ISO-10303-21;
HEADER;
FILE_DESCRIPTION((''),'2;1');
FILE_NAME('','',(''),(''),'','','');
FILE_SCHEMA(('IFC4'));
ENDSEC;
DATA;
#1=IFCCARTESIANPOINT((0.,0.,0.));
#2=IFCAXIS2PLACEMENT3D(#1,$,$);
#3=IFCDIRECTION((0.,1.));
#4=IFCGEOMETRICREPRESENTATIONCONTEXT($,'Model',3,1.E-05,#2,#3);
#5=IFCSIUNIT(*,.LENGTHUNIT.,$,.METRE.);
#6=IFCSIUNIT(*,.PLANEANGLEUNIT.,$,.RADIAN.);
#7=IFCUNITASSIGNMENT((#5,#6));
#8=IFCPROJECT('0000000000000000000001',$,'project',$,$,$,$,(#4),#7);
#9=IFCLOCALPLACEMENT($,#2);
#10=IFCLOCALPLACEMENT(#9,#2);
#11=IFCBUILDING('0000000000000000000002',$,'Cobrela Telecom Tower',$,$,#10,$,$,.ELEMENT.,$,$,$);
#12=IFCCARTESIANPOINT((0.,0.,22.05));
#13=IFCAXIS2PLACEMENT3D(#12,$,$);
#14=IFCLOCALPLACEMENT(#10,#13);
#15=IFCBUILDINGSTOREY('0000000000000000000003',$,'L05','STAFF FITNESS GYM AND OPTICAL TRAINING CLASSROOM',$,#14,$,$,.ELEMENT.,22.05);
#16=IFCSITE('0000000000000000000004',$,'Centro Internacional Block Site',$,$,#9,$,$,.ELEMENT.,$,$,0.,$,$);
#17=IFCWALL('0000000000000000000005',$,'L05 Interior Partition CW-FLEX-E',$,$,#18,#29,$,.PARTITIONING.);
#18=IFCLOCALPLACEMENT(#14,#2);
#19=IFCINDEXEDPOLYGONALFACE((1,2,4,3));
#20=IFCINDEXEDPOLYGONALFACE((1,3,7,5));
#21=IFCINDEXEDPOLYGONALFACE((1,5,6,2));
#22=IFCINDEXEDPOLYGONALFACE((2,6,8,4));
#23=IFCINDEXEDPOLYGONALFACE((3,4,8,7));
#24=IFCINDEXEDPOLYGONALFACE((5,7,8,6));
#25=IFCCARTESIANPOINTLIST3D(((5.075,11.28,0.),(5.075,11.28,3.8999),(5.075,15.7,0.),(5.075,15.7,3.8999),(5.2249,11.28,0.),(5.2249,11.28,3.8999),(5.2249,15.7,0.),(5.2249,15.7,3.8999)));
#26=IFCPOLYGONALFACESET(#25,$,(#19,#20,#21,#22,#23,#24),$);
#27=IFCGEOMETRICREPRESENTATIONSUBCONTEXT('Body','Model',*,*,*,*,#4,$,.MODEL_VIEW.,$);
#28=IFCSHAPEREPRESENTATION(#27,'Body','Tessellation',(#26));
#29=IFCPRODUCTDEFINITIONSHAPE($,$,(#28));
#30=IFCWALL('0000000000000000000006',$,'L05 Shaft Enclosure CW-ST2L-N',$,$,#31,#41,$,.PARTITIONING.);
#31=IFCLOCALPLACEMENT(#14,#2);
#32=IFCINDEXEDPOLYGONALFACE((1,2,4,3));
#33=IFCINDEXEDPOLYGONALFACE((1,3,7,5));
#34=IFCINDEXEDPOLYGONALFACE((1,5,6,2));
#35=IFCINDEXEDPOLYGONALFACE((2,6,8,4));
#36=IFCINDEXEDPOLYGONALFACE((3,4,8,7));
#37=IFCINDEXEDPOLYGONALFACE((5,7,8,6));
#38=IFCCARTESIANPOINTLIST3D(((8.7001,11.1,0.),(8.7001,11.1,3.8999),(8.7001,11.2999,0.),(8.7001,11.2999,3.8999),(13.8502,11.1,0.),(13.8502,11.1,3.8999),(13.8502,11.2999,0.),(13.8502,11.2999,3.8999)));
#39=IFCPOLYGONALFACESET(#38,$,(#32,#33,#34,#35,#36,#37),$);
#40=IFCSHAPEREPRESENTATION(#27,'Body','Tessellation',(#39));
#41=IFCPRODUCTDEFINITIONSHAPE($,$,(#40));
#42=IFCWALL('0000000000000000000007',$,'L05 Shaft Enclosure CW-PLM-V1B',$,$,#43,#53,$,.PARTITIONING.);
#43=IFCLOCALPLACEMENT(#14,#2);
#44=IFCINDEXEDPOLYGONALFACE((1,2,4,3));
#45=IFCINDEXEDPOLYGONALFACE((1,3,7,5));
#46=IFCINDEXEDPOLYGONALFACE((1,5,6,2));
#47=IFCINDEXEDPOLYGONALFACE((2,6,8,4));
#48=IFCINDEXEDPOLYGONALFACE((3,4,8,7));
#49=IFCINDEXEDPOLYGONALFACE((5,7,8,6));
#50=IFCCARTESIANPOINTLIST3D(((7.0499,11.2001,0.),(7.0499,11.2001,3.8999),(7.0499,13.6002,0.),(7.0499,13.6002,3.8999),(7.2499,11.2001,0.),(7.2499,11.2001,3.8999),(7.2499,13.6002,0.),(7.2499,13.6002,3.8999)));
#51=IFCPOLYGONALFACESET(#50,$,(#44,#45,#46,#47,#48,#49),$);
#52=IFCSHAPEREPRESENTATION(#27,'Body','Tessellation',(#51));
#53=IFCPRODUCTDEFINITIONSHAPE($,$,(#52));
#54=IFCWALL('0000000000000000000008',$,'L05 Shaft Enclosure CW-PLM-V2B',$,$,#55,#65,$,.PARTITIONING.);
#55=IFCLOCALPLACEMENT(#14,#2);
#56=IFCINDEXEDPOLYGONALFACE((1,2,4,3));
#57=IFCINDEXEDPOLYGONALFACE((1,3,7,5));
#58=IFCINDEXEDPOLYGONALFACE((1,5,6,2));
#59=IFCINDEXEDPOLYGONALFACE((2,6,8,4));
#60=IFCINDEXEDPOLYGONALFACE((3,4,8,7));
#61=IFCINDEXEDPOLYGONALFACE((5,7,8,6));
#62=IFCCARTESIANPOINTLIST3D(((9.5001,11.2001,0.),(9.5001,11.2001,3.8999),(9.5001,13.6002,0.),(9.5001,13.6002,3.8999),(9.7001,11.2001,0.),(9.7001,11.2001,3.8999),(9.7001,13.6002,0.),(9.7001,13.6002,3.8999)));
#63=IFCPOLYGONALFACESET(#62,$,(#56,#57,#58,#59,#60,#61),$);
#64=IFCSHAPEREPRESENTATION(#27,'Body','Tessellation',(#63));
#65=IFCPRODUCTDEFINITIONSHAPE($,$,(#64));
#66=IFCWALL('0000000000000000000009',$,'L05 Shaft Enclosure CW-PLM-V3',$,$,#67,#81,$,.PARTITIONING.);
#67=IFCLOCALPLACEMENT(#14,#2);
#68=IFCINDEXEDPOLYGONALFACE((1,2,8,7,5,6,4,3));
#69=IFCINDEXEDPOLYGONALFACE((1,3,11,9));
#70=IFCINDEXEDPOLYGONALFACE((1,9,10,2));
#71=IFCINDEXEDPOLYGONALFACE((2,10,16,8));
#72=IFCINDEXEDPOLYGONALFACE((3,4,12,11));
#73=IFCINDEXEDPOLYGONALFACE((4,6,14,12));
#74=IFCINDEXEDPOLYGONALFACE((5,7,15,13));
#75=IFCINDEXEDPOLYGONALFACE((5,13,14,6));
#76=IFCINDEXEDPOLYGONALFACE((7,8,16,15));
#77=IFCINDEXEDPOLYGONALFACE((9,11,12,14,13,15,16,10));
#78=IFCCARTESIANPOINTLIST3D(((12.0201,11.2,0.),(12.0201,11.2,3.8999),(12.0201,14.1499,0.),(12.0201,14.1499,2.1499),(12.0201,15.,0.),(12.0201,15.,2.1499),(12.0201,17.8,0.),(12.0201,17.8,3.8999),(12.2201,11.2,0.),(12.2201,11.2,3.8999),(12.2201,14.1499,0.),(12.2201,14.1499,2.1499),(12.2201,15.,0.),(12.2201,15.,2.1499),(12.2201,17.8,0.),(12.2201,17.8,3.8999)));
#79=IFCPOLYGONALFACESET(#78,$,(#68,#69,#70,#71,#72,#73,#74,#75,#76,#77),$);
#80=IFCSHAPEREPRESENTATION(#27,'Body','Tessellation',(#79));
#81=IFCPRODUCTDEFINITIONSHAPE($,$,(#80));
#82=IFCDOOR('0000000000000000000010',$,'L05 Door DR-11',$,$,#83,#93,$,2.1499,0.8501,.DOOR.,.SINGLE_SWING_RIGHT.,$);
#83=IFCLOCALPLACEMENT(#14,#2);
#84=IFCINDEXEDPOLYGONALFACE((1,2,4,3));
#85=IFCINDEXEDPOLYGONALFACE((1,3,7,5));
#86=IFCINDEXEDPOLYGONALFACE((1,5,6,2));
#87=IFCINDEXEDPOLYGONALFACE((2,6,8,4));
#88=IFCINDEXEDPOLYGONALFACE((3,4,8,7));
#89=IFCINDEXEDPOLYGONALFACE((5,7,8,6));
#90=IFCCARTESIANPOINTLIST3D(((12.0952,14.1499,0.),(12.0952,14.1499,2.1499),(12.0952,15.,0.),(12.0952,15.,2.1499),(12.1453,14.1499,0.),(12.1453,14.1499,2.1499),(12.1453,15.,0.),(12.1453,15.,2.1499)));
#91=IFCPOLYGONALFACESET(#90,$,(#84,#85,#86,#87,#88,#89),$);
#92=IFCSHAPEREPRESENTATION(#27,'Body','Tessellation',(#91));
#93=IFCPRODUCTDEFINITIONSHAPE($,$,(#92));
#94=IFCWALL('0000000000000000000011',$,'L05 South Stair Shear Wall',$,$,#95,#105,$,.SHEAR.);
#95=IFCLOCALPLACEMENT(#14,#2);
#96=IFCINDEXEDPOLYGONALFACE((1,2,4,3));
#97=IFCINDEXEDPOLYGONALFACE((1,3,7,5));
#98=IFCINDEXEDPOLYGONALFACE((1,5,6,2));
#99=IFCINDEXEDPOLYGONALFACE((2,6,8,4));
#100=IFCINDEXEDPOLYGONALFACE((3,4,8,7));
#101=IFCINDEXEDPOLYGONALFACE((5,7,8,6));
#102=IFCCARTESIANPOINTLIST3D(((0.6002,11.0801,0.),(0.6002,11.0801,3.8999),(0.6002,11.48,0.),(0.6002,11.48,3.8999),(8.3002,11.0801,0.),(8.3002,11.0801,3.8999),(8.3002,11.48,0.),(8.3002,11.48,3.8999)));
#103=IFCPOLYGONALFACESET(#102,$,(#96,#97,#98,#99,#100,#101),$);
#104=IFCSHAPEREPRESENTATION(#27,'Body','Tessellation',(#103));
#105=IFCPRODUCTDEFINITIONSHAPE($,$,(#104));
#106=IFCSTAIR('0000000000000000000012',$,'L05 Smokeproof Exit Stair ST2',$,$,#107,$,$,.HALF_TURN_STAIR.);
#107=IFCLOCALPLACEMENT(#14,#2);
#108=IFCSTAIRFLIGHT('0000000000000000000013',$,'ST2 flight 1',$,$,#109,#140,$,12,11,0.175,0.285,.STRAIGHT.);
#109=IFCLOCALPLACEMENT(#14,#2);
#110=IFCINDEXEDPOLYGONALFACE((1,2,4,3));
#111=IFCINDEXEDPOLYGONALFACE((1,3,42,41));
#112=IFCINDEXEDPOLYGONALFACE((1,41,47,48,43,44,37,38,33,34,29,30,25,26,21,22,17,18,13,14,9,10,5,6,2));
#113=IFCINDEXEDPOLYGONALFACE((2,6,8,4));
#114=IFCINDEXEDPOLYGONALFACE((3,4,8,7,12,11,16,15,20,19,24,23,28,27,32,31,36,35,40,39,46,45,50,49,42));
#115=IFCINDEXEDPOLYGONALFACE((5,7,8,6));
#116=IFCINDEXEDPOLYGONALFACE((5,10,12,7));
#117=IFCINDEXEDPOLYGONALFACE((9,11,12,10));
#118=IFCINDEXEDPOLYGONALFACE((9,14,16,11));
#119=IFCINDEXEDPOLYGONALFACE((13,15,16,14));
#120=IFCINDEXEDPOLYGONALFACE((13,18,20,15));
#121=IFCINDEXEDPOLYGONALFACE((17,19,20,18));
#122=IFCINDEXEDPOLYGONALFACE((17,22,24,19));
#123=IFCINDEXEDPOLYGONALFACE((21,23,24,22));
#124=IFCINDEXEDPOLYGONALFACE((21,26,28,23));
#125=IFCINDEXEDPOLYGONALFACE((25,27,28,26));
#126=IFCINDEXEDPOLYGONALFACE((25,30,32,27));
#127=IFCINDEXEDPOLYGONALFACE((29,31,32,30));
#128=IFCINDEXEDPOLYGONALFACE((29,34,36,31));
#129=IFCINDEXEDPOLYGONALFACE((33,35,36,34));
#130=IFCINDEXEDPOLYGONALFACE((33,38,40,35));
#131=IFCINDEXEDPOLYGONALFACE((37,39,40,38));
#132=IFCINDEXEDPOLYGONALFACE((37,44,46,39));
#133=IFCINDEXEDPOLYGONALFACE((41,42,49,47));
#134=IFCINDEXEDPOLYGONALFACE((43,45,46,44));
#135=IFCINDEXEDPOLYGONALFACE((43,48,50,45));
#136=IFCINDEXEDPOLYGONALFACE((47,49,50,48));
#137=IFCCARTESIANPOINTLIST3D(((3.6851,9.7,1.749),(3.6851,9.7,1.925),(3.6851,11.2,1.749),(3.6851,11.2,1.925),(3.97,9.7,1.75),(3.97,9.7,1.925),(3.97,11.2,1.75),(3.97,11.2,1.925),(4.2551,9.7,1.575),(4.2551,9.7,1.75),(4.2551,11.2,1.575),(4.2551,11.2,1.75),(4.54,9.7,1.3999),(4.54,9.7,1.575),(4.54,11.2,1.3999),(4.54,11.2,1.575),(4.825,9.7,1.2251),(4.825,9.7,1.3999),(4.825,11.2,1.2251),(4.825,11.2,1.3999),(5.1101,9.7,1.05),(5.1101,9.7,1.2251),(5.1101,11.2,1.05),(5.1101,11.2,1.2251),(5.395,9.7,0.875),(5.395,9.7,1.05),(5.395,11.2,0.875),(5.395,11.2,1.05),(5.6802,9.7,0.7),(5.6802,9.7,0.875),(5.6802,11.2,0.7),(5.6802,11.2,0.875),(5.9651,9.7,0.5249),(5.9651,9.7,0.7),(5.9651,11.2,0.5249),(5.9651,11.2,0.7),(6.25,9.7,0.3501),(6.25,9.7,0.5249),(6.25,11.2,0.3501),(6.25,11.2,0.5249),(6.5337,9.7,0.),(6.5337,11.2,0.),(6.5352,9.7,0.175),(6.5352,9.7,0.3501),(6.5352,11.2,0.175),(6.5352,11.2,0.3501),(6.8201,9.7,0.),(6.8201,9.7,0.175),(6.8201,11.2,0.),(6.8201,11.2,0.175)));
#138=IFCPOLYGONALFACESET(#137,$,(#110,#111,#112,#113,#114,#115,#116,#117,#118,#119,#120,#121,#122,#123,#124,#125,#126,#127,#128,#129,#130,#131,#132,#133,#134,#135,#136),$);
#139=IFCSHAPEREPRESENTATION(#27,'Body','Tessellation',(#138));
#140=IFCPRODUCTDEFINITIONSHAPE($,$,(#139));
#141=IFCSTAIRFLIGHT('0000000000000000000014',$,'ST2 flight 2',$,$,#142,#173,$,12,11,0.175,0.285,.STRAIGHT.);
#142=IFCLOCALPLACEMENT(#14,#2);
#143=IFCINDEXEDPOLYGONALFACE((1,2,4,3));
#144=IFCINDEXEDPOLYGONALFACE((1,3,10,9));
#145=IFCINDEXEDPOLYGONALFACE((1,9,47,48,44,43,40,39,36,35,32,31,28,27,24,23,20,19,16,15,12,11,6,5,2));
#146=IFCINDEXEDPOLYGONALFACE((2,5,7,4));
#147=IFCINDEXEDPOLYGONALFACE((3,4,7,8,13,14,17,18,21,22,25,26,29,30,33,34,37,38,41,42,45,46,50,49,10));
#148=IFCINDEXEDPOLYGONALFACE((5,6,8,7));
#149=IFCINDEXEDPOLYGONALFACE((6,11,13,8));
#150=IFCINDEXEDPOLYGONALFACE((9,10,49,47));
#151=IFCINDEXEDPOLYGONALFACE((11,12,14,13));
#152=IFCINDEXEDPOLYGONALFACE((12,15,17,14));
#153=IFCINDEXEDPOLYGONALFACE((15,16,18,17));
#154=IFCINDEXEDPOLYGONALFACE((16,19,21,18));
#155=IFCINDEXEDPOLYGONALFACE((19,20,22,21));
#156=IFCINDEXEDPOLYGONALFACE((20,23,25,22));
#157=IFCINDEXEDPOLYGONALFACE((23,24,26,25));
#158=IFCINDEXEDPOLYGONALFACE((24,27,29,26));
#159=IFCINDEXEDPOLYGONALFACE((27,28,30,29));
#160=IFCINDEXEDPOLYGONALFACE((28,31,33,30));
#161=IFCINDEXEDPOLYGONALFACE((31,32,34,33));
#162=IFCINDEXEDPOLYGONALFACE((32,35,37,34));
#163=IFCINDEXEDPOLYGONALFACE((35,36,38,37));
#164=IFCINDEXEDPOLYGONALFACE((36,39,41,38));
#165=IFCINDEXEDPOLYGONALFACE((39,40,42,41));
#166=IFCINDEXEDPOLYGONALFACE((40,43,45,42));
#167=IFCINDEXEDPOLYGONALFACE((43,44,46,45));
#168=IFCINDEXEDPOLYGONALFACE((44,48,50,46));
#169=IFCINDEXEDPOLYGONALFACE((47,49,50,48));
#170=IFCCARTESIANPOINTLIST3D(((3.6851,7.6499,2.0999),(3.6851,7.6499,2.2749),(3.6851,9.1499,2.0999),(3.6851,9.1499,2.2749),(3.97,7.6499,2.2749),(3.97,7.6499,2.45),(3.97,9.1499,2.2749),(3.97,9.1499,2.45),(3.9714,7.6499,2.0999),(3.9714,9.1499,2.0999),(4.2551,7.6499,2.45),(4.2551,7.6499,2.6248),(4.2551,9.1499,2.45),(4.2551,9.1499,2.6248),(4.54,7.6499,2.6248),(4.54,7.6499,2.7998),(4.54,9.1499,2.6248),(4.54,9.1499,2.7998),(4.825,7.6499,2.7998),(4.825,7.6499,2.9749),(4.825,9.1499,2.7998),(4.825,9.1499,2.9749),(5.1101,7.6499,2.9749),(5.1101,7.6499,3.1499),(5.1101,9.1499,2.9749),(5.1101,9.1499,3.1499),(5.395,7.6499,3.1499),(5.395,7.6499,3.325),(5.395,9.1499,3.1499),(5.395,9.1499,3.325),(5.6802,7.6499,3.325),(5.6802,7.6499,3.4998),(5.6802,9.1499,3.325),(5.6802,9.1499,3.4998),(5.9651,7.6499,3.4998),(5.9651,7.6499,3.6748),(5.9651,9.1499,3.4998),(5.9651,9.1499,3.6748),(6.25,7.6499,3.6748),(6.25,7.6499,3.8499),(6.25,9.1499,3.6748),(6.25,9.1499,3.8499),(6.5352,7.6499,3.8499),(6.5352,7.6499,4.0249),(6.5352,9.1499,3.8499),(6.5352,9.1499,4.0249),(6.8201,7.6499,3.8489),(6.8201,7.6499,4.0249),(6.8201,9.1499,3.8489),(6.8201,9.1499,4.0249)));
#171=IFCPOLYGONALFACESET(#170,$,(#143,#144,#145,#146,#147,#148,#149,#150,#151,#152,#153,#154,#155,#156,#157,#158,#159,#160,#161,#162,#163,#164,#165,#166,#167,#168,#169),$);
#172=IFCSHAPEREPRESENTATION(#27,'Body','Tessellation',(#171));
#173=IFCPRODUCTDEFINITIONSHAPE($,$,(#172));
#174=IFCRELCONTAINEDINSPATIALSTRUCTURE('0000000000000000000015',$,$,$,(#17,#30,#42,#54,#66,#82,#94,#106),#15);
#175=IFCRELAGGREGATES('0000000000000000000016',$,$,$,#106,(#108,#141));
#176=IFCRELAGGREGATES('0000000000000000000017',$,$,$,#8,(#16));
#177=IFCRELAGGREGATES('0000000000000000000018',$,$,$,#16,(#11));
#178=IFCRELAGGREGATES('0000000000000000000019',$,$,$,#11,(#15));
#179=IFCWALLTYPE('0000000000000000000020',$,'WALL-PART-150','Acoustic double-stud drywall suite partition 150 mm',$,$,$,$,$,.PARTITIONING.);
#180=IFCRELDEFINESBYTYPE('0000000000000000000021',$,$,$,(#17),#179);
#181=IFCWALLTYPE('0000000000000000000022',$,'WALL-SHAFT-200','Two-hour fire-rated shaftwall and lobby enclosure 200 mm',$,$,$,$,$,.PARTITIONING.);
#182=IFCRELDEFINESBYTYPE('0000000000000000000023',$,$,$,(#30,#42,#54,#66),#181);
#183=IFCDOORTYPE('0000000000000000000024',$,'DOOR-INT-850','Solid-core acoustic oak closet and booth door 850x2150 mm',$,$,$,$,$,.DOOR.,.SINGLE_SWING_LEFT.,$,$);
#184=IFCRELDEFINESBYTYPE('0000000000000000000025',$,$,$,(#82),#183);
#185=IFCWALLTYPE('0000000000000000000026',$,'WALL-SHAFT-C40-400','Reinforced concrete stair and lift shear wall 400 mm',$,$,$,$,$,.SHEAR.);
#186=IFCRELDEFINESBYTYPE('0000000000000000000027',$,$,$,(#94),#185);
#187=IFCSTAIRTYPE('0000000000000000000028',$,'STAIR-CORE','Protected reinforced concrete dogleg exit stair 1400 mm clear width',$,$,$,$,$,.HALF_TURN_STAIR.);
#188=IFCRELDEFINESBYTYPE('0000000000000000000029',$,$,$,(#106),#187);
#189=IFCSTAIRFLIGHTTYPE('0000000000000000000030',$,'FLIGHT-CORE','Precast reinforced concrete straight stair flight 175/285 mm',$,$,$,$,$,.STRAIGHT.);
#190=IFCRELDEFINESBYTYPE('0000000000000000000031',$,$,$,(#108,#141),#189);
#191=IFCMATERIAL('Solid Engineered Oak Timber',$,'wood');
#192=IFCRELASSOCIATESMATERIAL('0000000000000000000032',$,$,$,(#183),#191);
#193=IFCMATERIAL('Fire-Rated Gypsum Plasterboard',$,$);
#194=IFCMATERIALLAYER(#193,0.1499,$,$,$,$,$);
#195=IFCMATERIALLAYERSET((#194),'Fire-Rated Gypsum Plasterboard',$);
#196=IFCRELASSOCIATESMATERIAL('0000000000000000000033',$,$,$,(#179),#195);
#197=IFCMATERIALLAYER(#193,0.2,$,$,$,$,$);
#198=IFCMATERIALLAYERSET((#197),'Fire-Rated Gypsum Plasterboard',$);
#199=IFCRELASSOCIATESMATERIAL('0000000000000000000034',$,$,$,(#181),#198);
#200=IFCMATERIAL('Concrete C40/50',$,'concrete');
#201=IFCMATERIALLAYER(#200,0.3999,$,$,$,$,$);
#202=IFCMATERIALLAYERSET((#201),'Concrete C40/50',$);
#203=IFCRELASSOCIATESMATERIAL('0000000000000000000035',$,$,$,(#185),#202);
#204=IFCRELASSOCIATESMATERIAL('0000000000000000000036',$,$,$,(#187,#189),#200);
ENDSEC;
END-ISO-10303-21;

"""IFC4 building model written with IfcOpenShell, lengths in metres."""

from ifc_helpers import new_model, si_unit, direction, frame, frame_2d, origin, place, context, subcontext, project, spatial, polyline, rectangle, outline, extrude, material, layer, layer_set, type_object, element, fill, aggregate, save


model = new_model("IFC4")

# Units and contexts
model_context = context("Model", 3, precision=1e-05, world=origin(), true_north=direction((0.0, 1.0)))
body_context = subcontext(model_context, "Body", "Model", "MODEL_VIEW")
ifc_project = project(units=[si_unit("LENGTHUNIT", "METRE"), si_unit("PLANEANGLEUNIT", "RADIAN")], contexts=[model_context])

# Site, building, storey
site_placement = place(None, origin())
site = spatial("IfcSite", under=ifc_project, at=site_placement, Name="Centro Internacional Block Site", CompositionType="ELEMENT", RefElevation=0.0)
building_placement = place(site_placement, origin())
building = spatial("IfcBuilding", under=site, at=building_placement, Name="Cobrela Telecom Tower", CompositionType="ELEMENT")
storey_placement = place(building_placement, frame((0.0, 0.0, 22.05)))
storey = spatial("IfcBuildingStorey", under=building, at=storey_placement, Name="L05", Description="STAFF FITNESS GYM AND OPTICAL TRAINING CLASSROOM", CompositionType="ELEMENT", Elevation=22.05)

# Shared definitions
ifc_material_1 = material(Name="Fire-Rated Gypsum Plasterboard")
ifc_material_2 = material(Name="Solid Engineered Oak Timber", Category="wood")
door_type_1 = type_object("IfcDoorType", Name="DOOR-INT-850", Description="Solid-core acoustic oak closet and booth door 850x2150 mm", OperationType="SINGLE_SWING_LEFT", PredefinedType="DOOR", material=ifc_material_2)

# Walls
ifc_layer_1 = layer(ifc_material_1, 0.1499)
ifc_layer_set_1 = layer_set([ifc_layer_1], Name="Fire-Rated Gypsum Plasterboard")
wall_type_1 = type_object("IfcWallType", Name="WALL-PART-150", Description="Acoustic double-stud drywall suite partition 150 mm", PredefinedType="PARTITIONING", material=ifc_layer_set_1)
wall_1_placement = place(storey_placement, frame((5.1499, 11.28, 0.0), z_axis=(0.0, 0.0, 1.0), x_axis=(0.0, 1.0, 0.0)))
element("IfcWall", 1, at=wall_1_placement, inside=storey, type_object=wall_type_1, Name="L05 Interior Partition CW-FLEX-E", PredefinedType="PARTITIONING", context=body_context, shape_type="SweptSolid", body=[
    extrude(rectangle(XDim=4.4199, YDim=0.1499, at=frame_2d((2.21, 0.0))), origin(), (0.0, 0.0, 1.0), 3.8999),
])
ifc_layer_2 = layer(ifc_material_1, 0.2)
ifc_layer_set_2 = layer_set([ifc_layer_2], Name="Fire-Rated Gypsum Plasterboard")
wall_type_2 = type_object("IfcWallType", Name="WALL-SHAFT-200", Description="Two-hour fire-rated shaftwall and lobby enclosure 200 mm", PredefinedType="PARTITIONING", material=ifc_layer_set_2)
wall_2_placement = place(storey_placement, frame((8.7, 11.2, 0.0), z_axis=(0.0, 0.0, 1.0), x_axis=(1.0, 0.0, 0.0)))
element("IfcWall", 2, at=wall_2_placement, inside=storey, type_object=wall_type_2, Name="L05 Shaft Enclosure CW-ST2L-N", PredefinedType="PARTITIONING", context=body_context, shape_type="SweptSolid", body=[
    extrude(rectangle(XDim=5.1501, YDim=0.2, at=frame_2d((2.5752, 0.0))), origin(), (0.0, 0.0, 1.0), 3.8999),
])
for number, where, z_axis, x_axis, name in (
    (3, (7.1499, 11.2, 0.0), (0.0, 0.0, 1.0), (0.0, 1.0, 0.0), "L05 Shaft Enclosure CW-PLM-V1B"),
    (4, (9.6001, 11.2, 0.0), (0.0, 0.0, 1.0), (0.0, 1.0, 0.0), "L05 Shaft Enclosure CW-PLM-V2B"),
):
    element("IfcWall", number, at=place(storey_placement, frame(where, z_axis=z_axis, x_axis=x_axis)), inside=storey, type_object=wall_type_2, Name=name, PredefinedType="PARTITIONING", context=body_context, shape_type="SweptSolid", body=[
        extrude(rectangle(XDim=2.4001, YDim=0.2, at=frame_2d((1.2002, 0.0))), origin(), (0.0, 0.0, 1.0), 3.8999),
    ])

# Wall, opening, door
wall_3_placement = place(storey_placement, frame((12.1201, 11.2, 0.0), z_axis=(0.0, 0.0, 1.0), x_axis=(0.0, 1.0, 0.0)))
wall_3 = element("IfcWall", 5, at=wall_3_placement, inside=storey, type_object=wall_type_2, Name="L05 Shaft Enclosure CW-PLM-V3", PredefinedType="PARTITIONING", context=body_context, shape_type="SweptSolid", body=[
    extrude(rectangle(XDim=6.6001, YDim=0.2, at=frame_2d((3.3, 0.0))), origin(), (0.0, 0.0, 1.0), 3.8999),
])
opening_1_placement = place(wall_3_placement, frame((2.95, 0.0, 0.0)))
opening_1 = element("IfcOpeningElement", 6, at=opening_1_placement, cuts=wall_3, PredefinedType="OPENING", context=body_context, shape_type="SweptSolid", body=[
    extrude(rectangle(XDim=0.8501, YDim=2.1499, at=frame_2d((0.425, 1.075))), frame((0.0, 0.1118, 0.0), z_axis=(0.0, -1.0, 0.0), x_axis=(1.0, 0.0, 0.0)), (0.0, 0.0, 1.0), 0.2239),
])
door_1_placement = place(opening_1_placement, origin())
door_1 = element("IfcDoor", 7, at=door_1_placement, inside=storey, type_object=door_type_1, Name="L05 Door DR-11", OperationType="SINGLE_SWING_RIGHT", OverallHeight=2.1499, OverallWidth=0.8501, PredefinedType="DOOR", context=body_context, shape_type="SweptSolid", body=[
    extrude(rectangle(XDim=0.8501, YDim=2.1499, at=frame_2d((0.425, 1.075))), frame((0.0, 0.0249, 0.0), z_axis=(0.0, -1.0, 0.0), x_axis=(1.0, 0.0, 0.0)), (0.0, 0.0, 1.0), 0.05),
])
fill(opening_1, door_1)

# Wall
ifc_material_3 = material(Name="Concrete C40/50", Category="concrete")
ifc_layer_3 = layer(ifc_material_3, 0.3999)
ifc_layer_set_3 = layer_set([ifc_layer_3], Name="Concrete C40/50")
wall_type_3 = type_object("IfcWallType", Name="WALL-SHAFT-C40-400", Description="Reinforced concrete stair and lift shear wall 400 mm", PredefinedType="SHEAR", material=ifc_layer_set_3)
wall_4_placement = place(storey_placement, frame((0.6001, 11.28, 0.0), z_axis=(0.0, 0.0, 1.0), x_axis=(1.0, 0.0, 0.0)))
element("IfcWall", 8, at=wall_4_placement, inside=storey, type_object=wall_type_3, Name="L05 South Stair Shear Wall", PredefinedType="SHEAR", context=body_context, shape_type="SweptSolid", body=[
    extrude(rectangle(XDim=7.7, YDim=0.3999, at=frame_2d((3.8501, 0.0))), origin(), (0.0, 0.0, 1.0), 3.8999),
])

# Stair, stair flights
stair_type = type_object("IfcStairType", Name="STAIR-CORE", Description="Protected reinforced concrete dogleg exit stair 1400 mm clear width", PredefinedType="HALF_TURN_STAIR", material=ifc_material_3)
stair_placement = place(storey_placement, origin())
stair = element("IfcStair", 9, at=stair_placement, inside=storey, type_object=stair_type, Name="L05 Smokeproof Exit Stair ST2", PredefinedType="HALF_TURN_STAIR")
stair_flight_type = type_object("IfcStairFlightType", Name="FLIGHT-CORE", Description="Precast reinforced concrete straight stair flight 175/285 mm", PredefinedType="STRAIGHT", material=ifc_material_3)
stair_flight_1_placement = place(storey_placement, frame((6.8201, 10.45, 0.0), z_axis=(0.0, 0.0, 1.0), x_axis=(-1.0, 0.0, 0.0)))
stair_flight_1 = element("IfcStairFlight", 10, at=stair_flight_1_placement, type_object=stair_flight_type, Name="ST2 flight 1", NumberOfRisers=12, NumberOfTreads=11, PredefinedType="STRAIGHT", RiserHeight=0.175, TreadLength=0.285, context=body_context, shape_type="SweptSolid", body=[
    extrude(outline(polyline([(0.0, 0.0), (0.0, 0.175), (0.2849, 0.175), (0.2849, 0.3501), (0.5701, 0.3501), (0.5701, 0.5249), (0.855, 0.5249), (0.855, 0.7), (1.1399, 0.7), (1.1399, 0.875), (1.425, 0.875), (1.425, 1.05), (1.71, 1.05), (1.71, 1.2251), (1.9951, 1.2251), (1.9951, 1.3999), (2.28, 1.3999), (2.28, 1.575), (2.5649, 1.575), (2.5649, 1.75), (2.8501, 1.75), (2.8501, 1.925), (3.135, 1.925), (3.135, 2.1001), (3.135, 1.749), (0.2864, 0.0), (0.0, 0.0)])), frame((0.0, 0.75, 0.0), z_axis=(0.0, -1.0, 0.0), x_axis=(1.0, 0.0, 0.0)), (0.0, 0.0, 1.0), 1.5),
])
stair_flight_2_placement = place(storey_placement, frame((3.6851, 8.3999, 2.0999), z_axis=(0.0, 0.0, 1.0), x_axis=(1.0, 0.0, 0.0)))
stair_flight_2 = element("IfcStairFlight", 11, at=stair_flight_2_placement, type_object=stair_flight_type, Name="ST2 flight 2", NumberOfRisers=12, NumberOfTreads=11, PredefinedType="STRAIGHT", RiserHeight=0.175, TreadLength=0.285, context=body_context, shape_type="SweptSolid", body=[
    extrude(outline(polyline([(0.0, 0.0), (0.0, 0.175), (0.2849, 0.175), (0.2849, 0.3501), (0.5701, 0.3501), (0.5701, 0.5249), (0.855, 0.5249), (0.855, 0.7), (1.1399, 0.7), (1.1399, 0.875), (1.425, 0.875), (1.425, 1.05), (1.71, 1.05), (1.71, 1.2251), (1.9951, 1.2251), (1.9951, 1.3999), (2.28, 1.3999), (2.28, 1.575), (2.5649, 1.575), (2.5649, 1.75), (2.8501, 1.75), (2.8501, 1.925), (3.135, 1.925), (3.135, 2.1001), (3.135, 1.749), (0.2864, 0.0), (0.0, 0.0)])), frame((0.0, 0.75, 0.0), z_axis=(0.0, -1.0, 0.0), x_axis=(1.0, 0.0, 0.0)), (0.0, 0.0, 1.0), 1.5),
])
aggregate(stair, [stair_flight_1, stair_flight_2])

save(model, "model.ifc")
